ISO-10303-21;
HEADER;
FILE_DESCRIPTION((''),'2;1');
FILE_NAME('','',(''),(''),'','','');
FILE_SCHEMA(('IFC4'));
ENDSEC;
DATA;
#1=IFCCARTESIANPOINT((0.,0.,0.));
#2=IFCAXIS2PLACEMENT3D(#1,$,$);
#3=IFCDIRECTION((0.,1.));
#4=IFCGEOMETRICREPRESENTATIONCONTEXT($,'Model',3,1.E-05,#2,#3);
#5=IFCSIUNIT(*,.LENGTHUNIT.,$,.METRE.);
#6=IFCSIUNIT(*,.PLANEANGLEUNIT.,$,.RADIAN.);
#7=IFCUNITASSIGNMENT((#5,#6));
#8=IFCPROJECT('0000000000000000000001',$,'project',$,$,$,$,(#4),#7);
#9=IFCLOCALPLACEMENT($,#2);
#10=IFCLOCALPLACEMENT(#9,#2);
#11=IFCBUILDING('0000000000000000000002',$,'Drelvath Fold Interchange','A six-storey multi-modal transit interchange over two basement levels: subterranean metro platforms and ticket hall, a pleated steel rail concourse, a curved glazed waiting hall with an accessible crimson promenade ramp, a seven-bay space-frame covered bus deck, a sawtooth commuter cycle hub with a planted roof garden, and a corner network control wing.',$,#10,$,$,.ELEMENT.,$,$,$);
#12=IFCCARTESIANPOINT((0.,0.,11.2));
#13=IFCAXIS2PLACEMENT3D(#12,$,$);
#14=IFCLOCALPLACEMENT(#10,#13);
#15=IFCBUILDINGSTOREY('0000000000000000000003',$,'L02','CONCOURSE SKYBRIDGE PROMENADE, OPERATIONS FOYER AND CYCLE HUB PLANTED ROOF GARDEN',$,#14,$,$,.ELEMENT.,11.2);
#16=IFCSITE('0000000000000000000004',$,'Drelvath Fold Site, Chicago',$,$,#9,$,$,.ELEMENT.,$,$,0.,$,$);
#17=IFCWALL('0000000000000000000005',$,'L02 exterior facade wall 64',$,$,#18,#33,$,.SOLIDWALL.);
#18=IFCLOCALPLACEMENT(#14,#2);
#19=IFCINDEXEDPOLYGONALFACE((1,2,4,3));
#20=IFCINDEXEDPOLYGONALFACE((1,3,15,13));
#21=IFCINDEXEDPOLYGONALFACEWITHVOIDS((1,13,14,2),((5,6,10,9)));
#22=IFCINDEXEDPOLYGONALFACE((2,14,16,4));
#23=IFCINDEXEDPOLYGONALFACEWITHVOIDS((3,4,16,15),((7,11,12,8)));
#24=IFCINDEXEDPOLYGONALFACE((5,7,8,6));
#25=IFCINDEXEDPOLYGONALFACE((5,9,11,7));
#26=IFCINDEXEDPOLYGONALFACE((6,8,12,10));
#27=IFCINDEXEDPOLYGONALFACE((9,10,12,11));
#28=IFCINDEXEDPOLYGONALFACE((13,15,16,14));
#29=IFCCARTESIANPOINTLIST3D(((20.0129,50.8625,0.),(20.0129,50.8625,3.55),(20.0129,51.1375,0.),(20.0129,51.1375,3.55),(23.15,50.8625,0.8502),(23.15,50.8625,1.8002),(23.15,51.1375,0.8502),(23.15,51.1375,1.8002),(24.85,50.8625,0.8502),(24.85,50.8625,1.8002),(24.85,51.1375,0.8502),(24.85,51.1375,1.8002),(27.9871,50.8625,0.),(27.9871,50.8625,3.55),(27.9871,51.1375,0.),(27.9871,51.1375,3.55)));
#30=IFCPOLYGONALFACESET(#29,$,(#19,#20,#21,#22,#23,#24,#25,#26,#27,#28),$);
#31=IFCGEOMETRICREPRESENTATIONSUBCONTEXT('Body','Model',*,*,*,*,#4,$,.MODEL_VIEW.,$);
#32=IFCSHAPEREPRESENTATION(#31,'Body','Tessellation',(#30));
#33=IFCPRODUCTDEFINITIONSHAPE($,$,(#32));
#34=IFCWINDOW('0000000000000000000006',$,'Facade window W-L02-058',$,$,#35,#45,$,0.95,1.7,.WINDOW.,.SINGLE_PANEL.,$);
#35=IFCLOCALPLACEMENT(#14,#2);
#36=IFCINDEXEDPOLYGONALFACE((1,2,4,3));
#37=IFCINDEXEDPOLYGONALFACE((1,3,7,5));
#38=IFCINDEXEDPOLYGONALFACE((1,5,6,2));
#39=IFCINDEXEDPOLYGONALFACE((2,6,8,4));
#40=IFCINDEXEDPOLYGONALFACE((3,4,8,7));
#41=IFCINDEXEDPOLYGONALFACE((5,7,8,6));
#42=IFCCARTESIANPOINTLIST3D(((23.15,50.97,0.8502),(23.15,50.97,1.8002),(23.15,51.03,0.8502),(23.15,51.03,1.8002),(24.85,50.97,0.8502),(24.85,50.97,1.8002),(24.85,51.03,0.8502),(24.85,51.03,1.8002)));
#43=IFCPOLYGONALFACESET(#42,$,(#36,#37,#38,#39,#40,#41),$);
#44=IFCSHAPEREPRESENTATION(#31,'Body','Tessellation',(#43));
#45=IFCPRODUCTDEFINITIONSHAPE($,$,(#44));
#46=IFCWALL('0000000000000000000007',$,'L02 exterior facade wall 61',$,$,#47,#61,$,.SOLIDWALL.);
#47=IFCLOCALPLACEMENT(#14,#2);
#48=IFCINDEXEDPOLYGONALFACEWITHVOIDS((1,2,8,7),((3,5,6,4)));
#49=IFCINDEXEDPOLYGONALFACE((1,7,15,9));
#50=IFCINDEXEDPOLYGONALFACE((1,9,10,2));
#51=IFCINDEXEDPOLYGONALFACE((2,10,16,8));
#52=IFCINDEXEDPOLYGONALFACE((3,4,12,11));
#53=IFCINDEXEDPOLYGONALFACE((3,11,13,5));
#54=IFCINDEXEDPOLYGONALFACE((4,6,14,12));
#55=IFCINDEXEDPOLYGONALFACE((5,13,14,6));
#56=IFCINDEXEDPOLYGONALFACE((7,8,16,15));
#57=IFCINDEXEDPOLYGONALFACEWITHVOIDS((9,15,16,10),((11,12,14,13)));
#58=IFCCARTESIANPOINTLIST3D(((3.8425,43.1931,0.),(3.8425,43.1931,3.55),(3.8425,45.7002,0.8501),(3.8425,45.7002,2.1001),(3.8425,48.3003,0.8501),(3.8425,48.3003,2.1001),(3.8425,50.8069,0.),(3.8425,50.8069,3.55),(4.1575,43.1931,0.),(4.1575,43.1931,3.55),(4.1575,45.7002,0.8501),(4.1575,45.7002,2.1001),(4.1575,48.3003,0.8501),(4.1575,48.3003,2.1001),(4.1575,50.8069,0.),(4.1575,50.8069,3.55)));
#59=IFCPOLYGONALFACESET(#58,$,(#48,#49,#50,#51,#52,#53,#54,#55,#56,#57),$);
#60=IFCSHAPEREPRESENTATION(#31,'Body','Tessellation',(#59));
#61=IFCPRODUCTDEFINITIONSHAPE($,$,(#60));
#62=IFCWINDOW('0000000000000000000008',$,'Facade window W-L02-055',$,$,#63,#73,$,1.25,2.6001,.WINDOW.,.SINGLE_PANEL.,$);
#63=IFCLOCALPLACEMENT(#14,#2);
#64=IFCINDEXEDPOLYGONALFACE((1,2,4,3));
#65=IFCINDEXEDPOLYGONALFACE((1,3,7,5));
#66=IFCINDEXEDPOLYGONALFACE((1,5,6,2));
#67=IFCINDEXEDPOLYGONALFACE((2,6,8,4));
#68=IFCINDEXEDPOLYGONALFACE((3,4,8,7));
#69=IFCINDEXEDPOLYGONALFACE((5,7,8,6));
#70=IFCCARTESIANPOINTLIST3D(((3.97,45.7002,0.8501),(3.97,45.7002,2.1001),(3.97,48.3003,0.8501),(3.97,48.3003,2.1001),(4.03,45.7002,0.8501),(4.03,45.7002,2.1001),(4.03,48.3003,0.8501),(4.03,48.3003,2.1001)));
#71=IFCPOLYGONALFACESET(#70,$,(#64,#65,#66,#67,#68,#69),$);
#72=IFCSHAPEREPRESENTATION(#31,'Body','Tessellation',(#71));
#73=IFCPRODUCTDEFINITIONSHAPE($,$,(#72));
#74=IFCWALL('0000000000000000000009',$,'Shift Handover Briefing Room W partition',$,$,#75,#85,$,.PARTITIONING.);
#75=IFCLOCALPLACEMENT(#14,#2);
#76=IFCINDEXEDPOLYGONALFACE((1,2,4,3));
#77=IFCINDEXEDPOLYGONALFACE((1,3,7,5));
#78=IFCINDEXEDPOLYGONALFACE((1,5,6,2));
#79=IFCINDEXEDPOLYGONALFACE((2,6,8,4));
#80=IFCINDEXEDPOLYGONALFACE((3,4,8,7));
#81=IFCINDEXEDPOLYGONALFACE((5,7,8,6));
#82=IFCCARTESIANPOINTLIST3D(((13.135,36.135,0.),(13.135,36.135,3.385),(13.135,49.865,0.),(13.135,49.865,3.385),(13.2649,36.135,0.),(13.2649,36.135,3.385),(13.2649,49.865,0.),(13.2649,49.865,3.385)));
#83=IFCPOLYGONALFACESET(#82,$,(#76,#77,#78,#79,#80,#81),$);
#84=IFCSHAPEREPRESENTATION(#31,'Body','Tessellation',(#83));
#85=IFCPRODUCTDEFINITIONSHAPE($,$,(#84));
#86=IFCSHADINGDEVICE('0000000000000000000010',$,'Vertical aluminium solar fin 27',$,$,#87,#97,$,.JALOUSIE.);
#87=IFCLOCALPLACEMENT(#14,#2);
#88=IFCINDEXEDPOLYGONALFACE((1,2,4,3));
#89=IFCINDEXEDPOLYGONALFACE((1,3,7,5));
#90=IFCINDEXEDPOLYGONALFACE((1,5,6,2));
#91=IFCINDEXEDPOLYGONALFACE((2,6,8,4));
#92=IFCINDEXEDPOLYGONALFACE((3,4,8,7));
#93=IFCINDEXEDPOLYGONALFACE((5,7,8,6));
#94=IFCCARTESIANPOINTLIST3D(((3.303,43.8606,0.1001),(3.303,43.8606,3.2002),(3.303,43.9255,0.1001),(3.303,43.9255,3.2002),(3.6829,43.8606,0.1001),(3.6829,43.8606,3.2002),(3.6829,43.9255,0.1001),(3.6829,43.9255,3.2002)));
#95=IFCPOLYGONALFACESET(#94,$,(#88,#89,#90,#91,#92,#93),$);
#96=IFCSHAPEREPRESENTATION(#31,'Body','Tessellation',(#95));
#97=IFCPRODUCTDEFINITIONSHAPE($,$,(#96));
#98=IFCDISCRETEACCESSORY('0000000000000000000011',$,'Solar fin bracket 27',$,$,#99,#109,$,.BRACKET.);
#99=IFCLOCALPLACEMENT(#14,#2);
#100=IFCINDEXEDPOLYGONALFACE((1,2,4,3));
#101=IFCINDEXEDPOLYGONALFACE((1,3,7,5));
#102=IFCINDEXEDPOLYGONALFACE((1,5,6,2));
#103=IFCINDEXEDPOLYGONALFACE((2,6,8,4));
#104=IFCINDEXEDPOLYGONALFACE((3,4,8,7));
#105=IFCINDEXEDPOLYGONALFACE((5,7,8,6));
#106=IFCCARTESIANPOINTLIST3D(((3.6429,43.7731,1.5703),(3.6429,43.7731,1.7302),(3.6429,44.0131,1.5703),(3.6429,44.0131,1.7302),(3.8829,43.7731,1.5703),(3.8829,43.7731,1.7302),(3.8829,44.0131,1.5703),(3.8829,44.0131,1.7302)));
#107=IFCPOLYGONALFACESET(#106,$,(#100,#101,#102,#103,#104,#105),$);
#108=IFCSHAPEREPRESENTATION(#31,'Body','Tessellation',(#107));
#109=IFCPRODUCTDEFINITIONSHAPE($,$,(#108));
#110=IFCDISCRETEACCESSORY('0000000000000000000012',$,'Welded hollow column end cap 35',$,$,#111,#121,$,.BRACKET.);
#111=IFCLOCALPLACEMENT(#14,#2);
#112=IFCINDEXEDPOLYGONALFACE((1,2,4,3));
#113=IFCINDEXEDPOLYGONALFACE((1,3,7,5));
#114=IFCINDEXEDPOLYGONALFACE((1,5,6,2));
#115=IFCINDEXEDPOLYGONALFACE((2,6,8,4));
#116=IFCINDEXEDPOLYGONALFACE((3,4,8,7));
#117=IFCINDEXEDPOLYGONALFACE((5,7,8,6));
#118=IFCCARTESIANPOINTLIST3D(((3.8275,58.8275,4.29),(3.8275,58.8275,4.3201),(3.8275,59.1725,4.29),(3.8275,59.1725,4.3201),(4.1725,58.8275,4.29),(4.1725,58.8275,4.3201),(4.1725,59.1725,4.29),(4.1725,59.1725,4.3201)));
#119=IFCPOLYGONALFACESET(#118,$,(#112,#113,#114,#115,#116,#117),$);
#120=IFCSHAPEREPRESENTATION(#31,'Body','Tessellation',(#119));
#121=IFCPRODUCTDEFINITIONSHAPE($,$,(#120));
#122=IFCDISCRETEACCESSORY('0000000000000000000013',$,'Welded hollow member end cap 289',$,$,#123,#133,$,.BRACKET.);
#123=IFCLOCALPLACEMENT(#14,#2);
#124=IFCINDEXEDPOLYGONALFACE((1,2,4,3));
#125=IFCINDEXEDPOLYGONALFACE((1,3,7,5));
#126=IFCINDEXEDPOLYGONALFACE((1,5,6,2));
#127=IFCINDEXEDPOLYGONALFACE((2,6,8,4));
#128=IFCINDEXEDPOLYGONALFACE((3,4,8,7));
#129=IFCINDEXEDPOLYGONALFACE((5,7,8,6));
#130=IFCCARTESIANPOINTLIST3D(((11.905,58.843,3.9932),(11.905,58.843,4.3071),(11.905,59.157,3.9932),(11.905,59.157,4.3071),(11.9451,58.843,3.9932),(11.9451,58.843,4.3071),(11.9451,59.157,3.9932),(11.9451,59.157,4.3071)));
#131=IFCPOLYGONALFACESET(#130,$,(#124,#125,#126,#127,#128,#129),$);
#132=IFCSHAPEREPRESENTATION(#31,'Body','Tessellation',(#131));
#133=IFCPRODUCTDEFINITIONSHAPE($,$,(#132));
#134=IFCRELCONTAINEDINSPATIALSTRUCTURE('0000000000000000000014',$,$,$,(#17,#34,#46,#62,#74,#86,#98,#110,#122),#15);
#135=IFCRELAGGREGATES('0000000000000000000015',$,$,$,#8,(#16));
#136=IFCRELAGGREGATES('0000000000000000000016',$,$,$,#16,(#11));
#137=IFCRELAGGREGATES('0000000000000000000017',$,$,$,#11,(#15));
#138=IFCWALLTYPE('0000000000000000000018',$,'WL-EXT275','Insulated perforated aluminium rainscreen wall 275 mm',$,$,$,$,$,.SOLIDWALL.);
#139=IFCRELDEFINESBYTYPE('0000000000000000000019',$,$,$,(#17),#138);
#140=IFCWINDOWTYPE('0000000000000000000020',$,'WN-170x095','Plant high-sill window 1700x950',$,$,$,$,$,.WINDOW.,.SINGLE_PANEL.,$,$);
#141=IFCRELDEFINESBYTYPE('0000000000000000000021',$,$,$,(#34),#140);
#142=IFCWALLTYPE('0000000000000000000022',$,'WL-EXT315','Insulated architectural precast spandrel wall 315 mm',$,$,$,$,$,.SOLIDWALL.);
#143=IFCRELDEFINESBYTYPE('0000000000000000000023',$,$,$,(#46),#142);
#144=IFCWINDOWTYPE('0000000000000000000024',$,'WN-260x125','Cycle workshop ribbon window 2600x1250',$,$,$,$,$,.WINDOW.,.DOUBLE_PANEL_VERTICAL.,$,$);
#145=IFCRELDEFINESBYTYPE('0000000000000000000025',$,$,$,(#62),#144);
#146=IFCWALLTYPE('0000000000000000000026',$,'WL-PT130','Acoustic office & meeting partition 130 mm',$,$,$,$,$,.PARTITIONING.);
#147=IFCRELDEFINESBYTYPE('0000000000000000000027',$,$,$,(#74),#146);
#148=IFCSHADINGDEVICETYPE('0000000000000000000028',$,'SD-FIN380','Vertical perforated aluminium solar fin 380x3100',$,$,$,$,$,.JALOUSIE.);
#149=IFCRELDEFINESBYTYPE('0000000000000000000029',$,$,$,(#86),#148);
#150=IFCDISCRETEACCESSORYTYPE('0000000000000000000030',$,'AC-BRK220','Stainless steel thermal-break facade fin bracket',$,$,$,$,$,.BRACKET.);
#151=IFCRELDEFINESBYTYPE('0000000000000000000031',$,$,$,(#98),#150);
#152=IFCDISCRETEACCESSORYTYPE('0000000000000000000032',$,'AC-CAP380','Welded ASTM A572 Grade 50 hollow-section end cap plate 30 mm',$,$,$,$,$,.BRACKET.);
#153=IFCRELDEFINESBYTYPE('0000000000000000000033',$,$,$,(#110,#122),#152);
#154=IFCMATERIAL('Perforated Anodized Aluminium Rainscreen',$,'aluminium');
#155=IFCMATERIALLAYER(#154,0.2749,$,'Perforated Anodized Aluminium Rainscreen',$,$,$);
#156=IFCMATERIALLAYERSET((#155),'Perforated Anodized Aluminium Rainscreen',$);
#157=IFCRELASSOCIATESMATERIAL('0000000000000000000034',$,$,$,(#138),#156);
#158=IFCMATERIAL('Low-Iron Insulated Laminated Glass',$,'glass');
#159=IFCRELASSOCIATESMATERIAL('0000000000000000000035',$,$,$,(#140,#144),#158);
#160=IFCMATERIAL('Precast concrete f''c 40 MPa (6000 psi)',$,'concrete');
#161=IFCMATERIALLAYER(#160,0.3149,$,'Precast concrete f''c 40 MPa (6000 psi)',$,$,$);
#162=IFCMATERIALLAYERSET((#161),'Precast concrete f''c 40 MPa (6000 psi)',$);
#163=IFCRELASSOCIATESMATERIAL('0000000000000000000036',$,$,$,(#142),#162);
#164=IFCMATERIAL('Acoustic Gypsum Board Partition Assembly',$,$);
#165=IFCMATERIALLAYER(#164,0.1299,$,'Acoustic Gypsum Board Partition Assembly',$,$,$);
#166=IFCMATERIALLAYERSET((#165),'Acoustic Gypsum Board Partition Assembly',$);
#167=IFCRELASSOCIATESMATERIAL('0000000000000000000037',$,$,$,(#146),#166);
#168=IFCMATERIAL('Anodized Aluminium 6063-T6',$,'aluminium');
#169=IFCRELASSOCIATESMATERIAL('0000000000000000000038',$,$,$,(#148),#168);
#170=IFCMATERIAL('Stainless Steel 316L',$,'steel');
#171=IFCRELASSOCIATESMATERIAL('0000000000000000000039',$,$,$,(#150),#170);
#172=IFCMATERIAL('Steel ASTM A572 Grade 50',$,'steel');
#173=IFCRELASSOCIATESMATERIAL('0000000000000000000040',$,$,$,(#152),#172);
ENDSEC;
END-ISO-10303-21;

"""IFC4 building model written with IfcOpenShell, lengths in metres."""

from ifc_helpers import new_model, si_unit, direction, frame, frame_2d, origin, origin_2d, place, context, subcontext, project, spatial, rectangle, extrude, material, layer, layer_set, type_object, element, fill, save


model = new_model("IFC4")

# Units and contexts
model_context = context("Model", 3, precision=1e-05, world=origin(), true_north=direction((0.0, 1.0)))
body_context = subcontext(model_context, "Body", "Model", "MODEL_VIEW")
ifc_project = project(units=[si_unit("LENGTHUNIT", "METRE"), si_unit("PLANEANGLEUNIT", "RADIAN")], contexts=[model_context])

# Site, building, storey
site_placement = place(None, origin())
site = spatial("IfcSite", under=ifc_project, at=site_placement, Name="Drelvath Fold Site, Chicago", CompositionType="ELEMENT", RefElevation=0.0)
building_placement = place(site_placement, origin())
building = spatial("IfcBuilding", under=site, at=building_placement, Name="Drelvath Fold Interchange", Description="A six-storey multi-modal transit interchange over two basement levels: subterranean metro platforms and ticket hall, a pleated steel rail concourse, a curved glazed waiting hall with an accessible crimson promenade ramp, a seven-bay space-frame covered bus deck, a sawtooth commuter cycle hub with a planted roof garden, and a corner network control wing.", CompositionType="ELEMENT")
storey_placement = place(building_placement, frame((0.0, 0.0, 11.2)))
storey = spatial("IfcBuildingStorey", under=building, at=storey_placement, Name="L02", Description="CONCOURSE SKYBRIDGE PROMENADE, OPERATIONS FOYER AND CYCLE HUB PLANTED ROOF GARDEN", CompositionType="ELEMENT", Elevation=11.2)

# Walls, openings, windows
ifc_material_1 = material(Name="Perforated Anodized Aluminium Rainscreen", Category="aluminium")
ifc_layer_1 = layer(ifc_material_1, 0.2749, Name="Perforated Anodized Aluminium Rainscreen")
ifc_layer_set_1 = layer_set([ifc_layer_1], Name="Perforated Anodized Aluminium Rainscreen")
wall_type_1 = type_object("IfcWallType", Name="WL-EXT275", Description="Insulated perforated aluminium rainscreen wall 275 mm", PredefinedType="SOLIDWALL", material=ifc_layer_set_1)
ifc_material_2 = material(Name="Low-Iron Insulated Laminated Glass", Category="glass")
wall_1_placement = place(storey_placement, frame((20.0129, 51.0, 0.0), z_axis=(0.0, 0.0, 1.0), x_axis=(1.0, 0.0, 0.0)))
wall_1 = element("IfcWall", 1, at=wall_1_placement, inside=storey, type_object=wall_type_1, Name="L02 exterior facade wall 64", PredefinedType="SOLIDWALL", context=body_context, shape_type="SweptSolid", body=[
    extrude(rectangle(XDim=7.9741, YDim=0.2749, at=frame_2d((3.9871, 0.0))), origin(), (0.0, 0.0, 1.0), 3.55),
])
opening_1_placement = place(wall_1_placement, frame((3.137, 0.0, 0.8501)))
opening_1 = element("IfcOpeningElement", 2, at=opening_1_placement, cuts=wall_1, PredefinedType="OPENING", context=body_context, shape_type="SweptSolid", body=[
    extrude(rectangle(XDim=1.7, YDim=0.95, at=frame_2d((0.8501, 0.4751))), frame((0.0, 0.1475, 0.0), z_axis=(0.0, -1.0, 0.0), x_axis=(1.0, 0.0, 0.0)), (0.0, 0.0, 1.0), 0.2949),
])
window_type_1 = type_object("IfcWindowType", Name="WN-170x095", Description="Plant high-sill window 1700x950", PartitioningType="SINGLE_PANEL", PredefinedType="WINDOW", material=ifc_material_2)
window_1_placement = place(opening_1_placement, origin())
window_1 = element("IfcWindow", 3, at=window_1_placement, inside=storey, type_object=window_type_1, Name="Facade window W-L02-058", OverallHeight=0.95, OverallWidth=1.7, PartitioningType="SINGLE_PANEL", PredefinedType="WINDOW", context=body_context, shape_type="SweptSolid", body=[
    extrude(rectangle(XDim=1.7, YDim=0.95, at=frame_2d((0.8501, 0.4751))), frame((0.0, 0.03, 0.0), z_axis=(0.0, -1.0, 0.0), x_axis=(1.0, 0.0, 0.0)), (0.0, 0.0, 1.0), 0.0601),
])
fill(opening_1, window_1)
ifc_material_3 = material(Name="Precast concrete f'c 40 MPa (6000 psi)", Category="concrete")
ifc_layer_2 = layer(ifc_material_3, 0.3149, Name="Precast concrete f'c 40 MPa (6000 psi)")
ifc_layer_set_2 = layer_set([ifc_layer_2], Name="Precast concrete f'c 40 MPa (6000 psi)")
wall_type_2 = type_object("IfcWallType", Name="WL-EXT315", Description="Insulated architectural precast spandrel wall 315 mm", PredefinedType="SOLIDWALL", material=ifc_layer_set_2)
wall_2_placement = place(storey_placement, frame((4.0, 43.1931, 0.0), z_axis=(0.0, 0.0, 1.0), x_axis=(0.0, 1.0, 0.0)))
wall_2 = element("IfcWall", 4, at=wall_2_placement, inside=storey, type_object=wall_type_2, Name="L02 exterior facade wall 61", PredefinedType="SOLIDWALL", context=body_context, shape_type="SweptSolid", body=[
    extrude(rectangle(XDim=7.6138, YDim=0.3149, at=frame_2d((3.8069, 0.0))), origin(), (0.0, 0.0, 1.0), 3.55),
])
opening_2_placement = place(wall_2_placement, frame((2.5071, 0.0, 0.8501)))
opening_2 = element("IfcOpeningElement", 5, at=opening_2_placement, cuts=wall_2, PredefinedType="OPENING", context=body_context, shape_type="SweptSolid", body=[
    extrude(rectangle(XDim=2.6001, YDim=1.25, at=frame_2d((1.3, 0.625))), frame((0.0, 0.1675, 0.0), z_axis=(0.0, -1.0, 0.0), x_axis=(1.0, 0.0, 0.0)), (0.0, 0.0, 1.0), 0.335),
])
window_type_2 = type_object("IfcWindowType", Name="WN-260x125", Description="Cycle workshop ribbon window 2600x1250", PartitioningType="DOUBLE_PANEL_VERTICAL", PredefinedType="WINDOW", material=ifc_material_2)
window_2_placement = place(opening_2_placement, origin())
window_2 = element("IfcWindow", 6, at=window_2_placement, inside=storey, type_object=window_type_2, Name="Facade window W-L02-055", OverallHeight=1.25, OverallWidth=2.6001, PartitioningType="SINGLE_PANEL", PredefinedType="WINDOW", context=body_context, shape_type="SweptSolid", body=[
    extrude(rectangle(XDim=2.6001, YDim=1.25, at=frame_2d((1.3, 0.625))), frame((0.0, 0.03, 0.0), z_axis=(0.0, -1.0, 0.0), x_axis=(1.0, 0.0, 0.0)), (0.0, 0.0, 1.0), 0.0601),
])
fill(opening_2, window_2)

# Wall
ifc_material_4 = material(Name="Acoustic Gypsum Board Partition Assembly")
ifc_layer_3 = layer(ifc_material_4, 0.1299, Name="Acoustic Gypsum Board Partition Assembly")
ifc_layer_set_3 = layer_set([ifc_layer_3], Name="Acoustic Gypsum Board Partition Assembly")
wall_type_3 = type_object("IfcWallType", Name="WL-PT130", Description="Acoustic office & meeting partition 130 mm", PredefinedType="PARTITIONING", material=ifc_layer_set_3)
wall_3_placement = place(storey_placement, frame((13.2, 49.865, 0.0), z_axis=(0.0, 0.0, 1.0), x_axis=(0.0, -1.0, 0.0)))
element("IfcWall", 7, at=wall_3_placement, inside=storey, type_object=wall_type_3, Name="Shift Handover Briefing Room W partition", PredefinedType="PARTITIONING", context=body_context, shape_type="SweptSolid", body=[
    extrude(rectangle(XDim=13.73, YDim=0.1299, at=frame_2d((6.865, 0.0))), origin(), (0.0, 0.0, 1.0), 3.385),
])

# Shading device
ifc_material_5 = material(Name="Anodized Aluminium 6063-T6", Category="aluminium")
shading_device_type = type_object("IfcShadingDeviceType", Name="SD-FIN380", Description="Vertical perforated aluminium solar fin 380x3100", PredefinedType="JALOUSIE", material=ifc_material_5)
shading_device_placement = place(storey_placement, frame((3.4929, 43.8931, 0.1001), z_axis=(0.0, 0.0, 1.0), x_axis=(1.0, 0.0, 0.0)))
element("IfcShadingDevice", 8, at=shading_device_placement, inside=storey, type_object=shading_device_type, Name="Vertical aluminium solar fin 27", PredefinedType="JALOUSIE", context=body_context, shape_type="SweptSolid", body=[
    extrude(rectangle(XDim=0.3799, YDim=0.0649, at=origin_2d()), origin(), (0.0, 0.0, 1.0), 3.1001),
])

# Discrete accessories
ifc_material_6 = material(Name="Stainless Steel 316L", Category="steel")
discrete_accessory_type_1 = type_object("IfcDiscreteAccessoryType", Name="AC-BRK220", Description="Stainless steel thermal-break facade fin bracket", PredefinedType="BRACKET", material=ifc_material_6)
discrete_accessory_1_placement = place(storey_placement, frame((3.7629, 43.8931, 1.5703), z_axis=(0.0, 0.0, 1.0), x_axis=(1.0, 0.0, 0.0)))
element("IfcDiscreteAccessory", 9, at=discrete_accessory_1_placement, inside=storey, type_object=discrete_accessory_type_1, Name="Solar fin bracket 27", PredefinedType="BRACKET", context=body_context, shape_type="SweptSolid", body=[
    extrude(rectangle(XDim=0.24, YDim=0.24, at=origin_2d()), origin(), (0.0, 0.0, 1.0), 0.1599),
])
ifc_material_7 = material(Name="Steel ASTM A572 Grade 50", Category="steel")
discrete_accessory_type_2 = type_object("IfcDiscreteAccessoryType", Name="AC-CAP380", Description="Welded ASTM A572 Grade 50 hollow-section end cap plate 30 mm", PredefinedType="BRACKET", material=ifc_material_7)
discrete_accessory_2_placement = place(storey_placement, frame((4.0, 59.0, 4.29), z_axis=(0.0, 0.0, 1.0), x_axis=(1.0, 0.0, 0.0)))
element("IfcDiscreteAccessory", 10, at=discrete_accessory_2_placement, inside=storey, type_object=discrete_accessory_type_2, Name="Welded hollow column end cap 35", PredefinedType="BRACKET", context=body_context, shape_type="SweptSolid", body=[
    extrude(rectangle(XDim=0.345, YDim=0.345, at=origin_2d()), origin(), (0.0, 0.0, 1.0), 0.03),
])
discrete_accessory_3_placement = place(storey_placement, frame((11.925, 59.0, 3.9932), z_axis=(0.0, 0.0, 1.0), x_axis=(1.0, 0.0, 0.0)))
element("IfcDiscreteAccessory", 11, at=discrete_accessory_3_placement, inside=storey, type_object=discrete_accessory_type_2, Name="Welded hollow member end cap 289", PredefinedType="BRACKET", context=body_context, shape_type="SweptSolid", body=[
    extrude(rectangle(XDim=0.04, YDim=0.314, at=origin_2d()), origin(), (0.0, 0.0, 1.0), 0.314),
])

save(model, "model.ifc")
